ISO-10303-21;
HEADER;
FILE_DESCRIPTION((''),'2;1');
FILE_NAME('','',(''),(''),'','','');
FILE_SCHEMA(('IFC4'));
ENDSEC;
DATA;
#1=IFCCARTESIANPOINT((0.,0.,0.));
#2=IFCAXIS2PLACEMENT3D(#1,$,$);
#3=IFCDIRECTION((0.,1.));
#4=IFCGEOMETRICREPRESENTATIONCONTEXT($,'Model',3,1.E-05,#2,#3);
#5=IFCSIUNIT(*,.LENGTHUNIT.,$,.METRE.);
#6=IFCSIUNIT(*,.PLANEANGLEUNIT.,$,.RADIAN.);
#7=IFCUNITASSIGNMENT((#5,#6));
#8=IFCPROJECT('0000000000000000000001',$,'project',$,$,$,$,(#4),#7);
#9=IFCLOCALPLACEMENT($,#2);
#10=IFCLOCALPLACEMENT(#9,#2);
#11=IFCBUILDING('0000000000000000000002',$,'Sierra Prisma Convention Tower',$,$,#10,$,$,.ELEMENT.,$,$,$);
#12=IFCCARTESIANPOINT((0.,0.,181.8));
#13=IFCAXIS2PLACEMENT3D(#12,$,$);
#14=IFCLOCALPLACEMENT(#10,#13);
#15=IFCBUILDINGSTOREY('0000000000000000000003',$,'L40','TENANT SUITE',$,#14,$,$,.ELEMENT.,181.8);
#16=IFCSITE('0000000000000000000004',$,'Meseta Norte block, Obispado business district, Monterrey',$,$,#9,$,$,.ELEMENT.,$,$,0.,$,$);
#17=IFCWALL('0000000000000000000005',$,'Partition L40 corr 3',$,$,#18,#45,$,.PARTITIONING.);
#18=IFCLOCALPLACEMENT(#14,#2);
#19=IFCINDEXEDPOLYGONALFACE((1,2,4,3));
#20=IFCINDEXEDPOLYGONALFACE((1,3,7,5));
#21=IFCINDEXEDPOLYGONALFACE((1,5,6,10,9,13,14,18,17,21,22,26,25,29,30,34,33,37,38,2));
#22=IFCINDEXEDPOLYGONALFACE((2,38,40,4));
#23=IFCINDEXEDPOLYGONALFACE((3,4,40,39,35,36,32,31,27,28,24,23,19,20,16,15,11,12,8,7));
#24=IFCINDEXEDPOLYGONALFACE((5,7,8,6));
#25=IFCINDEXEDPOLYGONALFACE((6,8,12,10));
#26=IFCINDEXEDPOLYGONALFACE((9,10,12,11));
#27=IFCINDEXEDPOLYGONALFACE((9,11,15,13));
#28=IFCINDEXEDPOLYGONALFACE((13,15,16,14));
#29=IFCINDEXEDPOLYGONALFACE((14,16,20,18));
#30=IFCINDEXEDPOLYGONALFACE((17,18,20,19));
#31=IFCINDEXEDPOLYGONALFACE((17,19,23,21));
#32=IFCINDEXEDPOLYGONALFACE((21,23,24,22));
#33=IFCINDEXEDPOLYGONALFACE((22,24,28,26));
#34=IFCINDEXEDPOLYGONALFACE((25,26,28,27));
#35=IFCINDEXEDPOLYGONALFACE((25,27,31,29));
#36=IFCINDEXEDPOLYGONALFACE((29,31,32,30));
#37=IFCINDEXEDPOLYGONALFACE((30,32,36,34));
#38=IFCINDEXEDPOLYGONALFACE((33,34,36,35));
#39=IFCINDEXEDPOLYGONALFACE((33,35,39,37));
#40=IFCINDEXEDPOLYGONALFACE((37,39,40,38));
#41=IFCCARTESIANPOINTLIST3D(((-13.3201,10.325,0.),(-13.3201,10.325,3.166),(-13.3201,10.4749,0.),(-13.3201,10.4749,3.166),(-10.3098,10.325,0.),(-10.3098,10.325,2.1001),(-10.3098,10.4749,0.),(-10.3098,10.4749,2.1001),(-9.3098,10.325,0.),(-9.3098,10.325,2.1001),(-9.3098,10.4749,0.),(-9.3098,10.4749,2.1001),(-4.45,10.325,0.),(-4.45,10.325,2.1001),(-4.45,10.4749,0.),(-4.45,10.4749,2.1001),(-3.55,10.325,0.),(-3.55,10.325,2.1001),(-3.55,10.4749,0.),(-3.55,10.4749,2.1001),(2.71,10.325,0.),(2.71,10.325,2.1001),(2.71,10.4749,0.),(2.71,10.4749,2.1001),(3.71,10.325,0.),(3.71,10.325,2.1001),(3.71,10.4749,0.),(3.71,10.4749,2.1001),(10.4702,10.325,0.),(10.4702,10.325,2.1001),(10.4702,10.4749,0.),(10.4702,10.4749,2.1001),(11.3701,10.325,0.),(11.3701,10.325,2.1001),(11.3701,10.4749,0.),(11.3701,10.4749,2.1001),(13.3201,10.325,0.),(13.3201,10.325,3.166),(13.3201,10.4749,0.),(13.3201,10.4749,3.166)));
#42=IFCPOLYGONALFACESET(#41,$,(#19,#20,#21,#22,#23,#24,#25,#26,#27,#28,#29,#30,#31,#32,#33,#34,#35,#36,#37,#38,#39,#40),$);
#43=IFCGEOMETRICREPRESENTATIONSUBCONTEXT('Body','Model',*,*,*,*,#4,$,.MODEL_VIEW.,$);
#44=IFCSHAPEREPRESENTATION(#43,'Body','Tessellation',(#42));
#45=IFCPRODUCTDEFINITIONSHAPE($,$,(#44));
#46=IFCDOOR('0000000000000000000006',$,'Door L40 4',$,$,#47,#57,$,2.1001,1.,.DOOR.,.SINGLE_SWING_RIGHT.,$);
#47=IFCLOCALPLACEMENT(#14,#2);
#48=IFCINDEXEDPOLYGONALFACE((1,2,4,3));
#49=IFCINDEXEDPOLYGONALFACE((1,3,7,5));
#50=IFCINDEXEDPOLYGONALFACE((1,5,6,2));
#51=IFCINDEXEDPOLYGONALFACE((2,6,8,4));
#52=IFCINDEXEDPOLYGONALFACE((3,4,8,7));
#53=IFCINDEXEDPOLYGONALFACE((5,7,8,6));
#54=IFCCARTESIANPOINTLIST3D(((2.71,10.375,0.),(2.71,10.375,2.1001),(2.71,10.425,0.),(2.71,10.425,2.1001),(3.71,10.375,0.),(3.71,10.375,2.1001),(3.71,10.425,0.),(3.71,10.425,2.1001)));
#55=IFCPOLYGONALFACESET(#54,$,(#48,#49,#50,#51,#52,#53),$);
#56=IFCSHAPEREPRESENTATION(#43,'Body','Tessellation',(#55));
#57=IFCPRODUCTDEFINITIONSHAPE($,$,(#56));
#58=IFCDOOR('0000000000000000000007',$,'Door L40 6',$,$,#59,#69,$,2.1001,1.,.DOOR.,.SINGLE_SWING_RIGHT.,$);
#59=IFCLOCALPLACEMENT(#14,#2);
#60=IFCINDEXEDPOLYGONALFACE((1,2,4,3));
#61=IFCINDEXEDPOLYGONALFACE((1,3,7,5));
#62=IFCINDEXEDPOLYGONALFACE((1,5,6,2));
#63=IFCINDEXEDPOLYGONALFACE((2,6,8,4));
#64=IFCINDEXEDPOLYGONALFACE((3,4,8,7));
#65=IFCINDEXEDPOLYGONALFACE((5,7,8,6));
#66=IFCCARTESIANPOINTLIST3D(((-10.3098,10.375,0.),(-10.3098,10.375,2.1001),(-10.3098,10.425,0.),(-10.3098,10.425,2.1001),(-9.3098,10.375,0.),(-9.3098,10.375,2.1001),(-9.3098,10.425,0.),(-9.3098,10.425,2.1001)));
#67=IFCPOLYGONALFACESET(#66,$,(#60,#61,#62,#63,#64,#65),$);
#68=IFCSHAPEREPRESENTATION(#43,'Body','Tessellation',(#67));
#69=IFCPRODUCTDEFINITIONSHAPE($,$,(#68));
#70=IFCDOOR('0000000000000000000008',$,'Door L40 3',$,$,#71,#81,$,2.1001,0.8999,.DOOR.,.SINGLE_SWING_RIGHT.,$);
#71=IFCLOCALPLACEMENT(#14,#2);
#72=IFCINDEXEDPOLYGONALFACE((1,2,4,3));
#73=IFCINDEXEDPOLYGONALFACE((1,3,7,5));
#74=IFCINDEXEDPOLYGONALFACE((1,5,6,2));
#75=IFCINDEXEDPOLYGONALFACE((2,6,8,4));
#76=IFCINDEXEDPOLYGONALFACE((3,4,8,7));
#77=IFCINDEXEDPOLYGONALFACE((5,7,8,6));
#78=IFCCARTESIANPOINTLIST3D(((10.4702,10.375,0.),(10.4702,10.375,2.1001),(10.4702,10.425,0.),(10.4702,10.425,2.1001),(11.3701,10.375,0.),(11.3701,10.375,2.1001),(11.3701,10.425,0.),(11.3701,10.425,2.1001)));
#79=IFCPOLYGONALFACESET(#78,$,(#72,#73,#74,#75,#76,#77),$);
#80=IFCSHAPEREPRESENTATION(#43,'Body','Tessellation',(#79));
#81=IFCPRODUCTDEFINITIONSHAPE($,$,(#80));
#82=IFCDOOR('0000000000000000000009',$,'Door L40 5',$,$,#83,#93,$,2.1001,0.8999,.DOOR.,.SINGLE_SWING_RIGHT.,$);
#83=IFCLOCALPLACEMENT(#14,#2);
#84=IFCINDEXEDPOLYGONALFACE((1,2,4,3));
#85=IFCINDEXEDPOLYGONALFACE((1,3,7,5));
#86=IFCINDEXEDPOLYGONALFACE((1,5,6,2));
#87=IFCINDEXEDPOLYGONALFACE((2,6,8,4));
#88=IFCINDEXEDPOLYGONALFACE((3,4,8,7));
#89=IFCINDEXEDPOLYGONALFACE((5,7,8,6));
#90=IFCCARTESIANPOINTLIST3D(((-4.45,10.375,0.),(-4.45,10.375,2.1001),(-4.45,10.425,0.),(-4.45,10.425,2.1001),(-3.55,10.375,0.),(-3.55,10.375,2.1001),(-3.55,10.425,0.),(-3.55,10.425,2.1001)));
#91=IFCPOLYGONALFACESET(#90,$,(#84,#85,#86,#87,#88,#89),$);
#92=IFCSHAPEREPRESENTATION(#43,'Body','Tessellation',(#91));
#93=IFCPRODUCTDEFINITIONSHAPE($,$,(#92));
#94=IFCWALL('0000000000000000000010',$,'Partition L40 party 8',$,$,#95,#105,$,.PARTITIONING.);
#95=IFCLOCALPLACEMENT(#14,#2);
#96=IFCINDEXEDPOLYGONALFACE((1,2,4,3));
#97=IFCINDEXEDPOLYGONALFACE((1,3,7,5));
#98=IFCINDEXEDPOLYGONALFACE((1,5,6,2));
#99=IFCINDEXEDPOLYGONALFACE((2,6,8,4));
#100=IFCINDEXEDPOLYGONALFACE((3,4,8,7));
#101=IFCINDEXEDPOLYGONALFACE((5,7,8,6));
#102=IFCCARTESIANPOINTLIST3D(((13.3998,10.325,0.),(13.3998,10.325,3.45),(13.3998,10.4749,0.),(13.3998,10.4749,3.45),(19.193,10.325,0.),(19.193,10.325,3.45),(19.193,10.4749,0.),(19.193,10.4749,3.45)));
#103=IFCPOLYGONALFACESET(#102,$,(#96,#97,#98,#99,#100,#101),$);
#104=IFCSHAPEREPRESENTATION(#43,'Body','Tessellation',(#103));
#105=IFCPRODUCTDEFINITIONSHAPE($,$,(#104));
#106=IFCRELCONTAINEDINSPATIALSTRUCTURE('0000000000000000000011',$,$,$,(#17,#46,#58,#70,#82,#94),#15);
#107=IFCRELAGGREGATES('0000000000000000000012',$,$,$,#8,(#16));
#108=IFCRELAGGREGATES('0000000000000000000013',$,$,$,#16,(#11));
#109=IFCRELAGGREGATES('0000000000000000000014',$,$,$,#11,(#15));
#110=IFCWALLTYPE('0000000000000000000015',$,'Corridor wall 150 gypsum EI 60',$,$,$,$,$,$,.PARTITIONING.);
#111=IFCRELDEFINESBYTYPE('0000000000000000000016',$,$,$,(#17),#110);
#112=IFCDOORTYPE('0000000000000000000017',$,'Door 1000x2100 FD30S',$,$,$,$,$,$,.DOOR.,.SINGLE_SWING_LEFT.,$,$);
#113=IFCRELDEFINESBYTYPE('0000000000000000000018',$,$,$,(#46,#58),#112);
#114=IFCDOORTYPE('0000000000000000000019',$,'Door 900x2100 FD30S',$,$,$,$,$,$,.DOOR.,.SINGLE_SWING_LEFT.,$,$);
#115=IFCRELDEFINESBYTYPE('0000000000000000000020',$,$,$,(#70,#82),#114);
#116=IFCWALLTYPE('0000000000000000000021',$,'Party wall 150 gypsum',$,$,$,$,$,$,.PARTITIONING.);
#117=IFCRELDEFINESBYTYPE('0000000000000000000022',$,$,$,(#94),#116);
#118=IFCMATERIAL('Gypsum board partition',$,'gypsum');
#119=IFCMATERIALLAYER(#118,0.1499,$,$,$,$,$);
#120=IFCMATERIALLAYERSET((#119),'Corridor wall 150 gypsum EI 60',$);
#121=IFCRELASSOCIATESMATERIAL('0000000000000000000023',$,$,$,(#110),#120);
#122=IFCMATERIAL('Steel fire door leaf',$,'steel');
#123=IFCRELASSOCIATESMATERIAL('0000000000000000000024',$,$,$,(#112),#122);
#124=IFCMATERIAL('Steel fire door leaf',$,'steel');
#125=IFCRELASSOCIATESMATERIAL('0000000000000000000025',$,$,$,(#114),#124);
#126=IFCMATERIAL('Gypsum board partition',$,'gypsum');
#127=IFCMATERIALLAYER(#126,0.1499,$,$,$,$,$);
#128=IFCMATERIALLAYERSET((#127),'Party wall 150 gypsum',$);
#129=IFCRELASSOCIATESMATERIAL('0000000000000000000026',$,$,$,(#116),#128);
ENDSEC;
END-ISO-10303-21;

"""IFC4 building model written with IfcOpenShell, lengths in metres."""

from ifc_helpers import new_model, si_unit, direction, frame, frame_2d, origin, place, context, subcontext, project, spatial, rectangle, extrude, material, layer, layer_set, type_object, element, fill, save


model = new_model("IFC4")

# Units and contexts
model_context = context("Model", 3, precision=1e-05, world=origin(), true_north=direction((0.0, 1.0)))
body_context = subcontext(model_context, "Body", "Model", "MODEL_VIEW")
ifc_project = project(units=[si_unit("LENGTHUNIT", "METRE"), si_unit("PLANEANGLEUNIT", "RADIAN")], contexts=[model_context])

# Site, building, storey
site_placement = place(None, origin())
site = spatial("IfcSite", under=ifc_project, at=site_placement, Name="Meseta Norte block, Obispado business district, Monterrey", CompositionType="ELEMENT", RefElevation=0.0)
building_placement = place(site_placement, origin())
building = spatial("IfcBuilding", under=site, at=building_placement, Name="Sierra Prisma Convention Tower", CompositionType="ELEMENT")
storey_placement = place(building_placement, frame((0.0, 0.0, 181.8)))
storey = spatial("IfcBuildingStorey", under=building, at=storey_placement, Name="L40", Description="TENANT SUITE", CompositionType="ELEMENT", Elevation=181.8)

# Wall, openings, doors
ifc_material_1 = material(Name="Gypsum board partition", Category="gypsum")
ifc_layer_1 = layer(ifc_material_1, 0.1499)
ifc_layer_set_1 = layer_set([ifc_layer_1], Name="Corridor wall 150 gypsum EI 60")
wall_type_1 = type_object("IfcWallType", Name="Corridor wall 150 gypsum EI 60", PredefinedType="PARTITIONING", material=ifc_layer_set_1)
wall_1_placement = place(storey_placement, frame((13.3201, 10.3999, 0.0), z_axis=(0.0, 0.0, 1.0), x_axis=(-1.0, 0.0, 0.0)))
wall_1 = element("IfcWall", 1, at=wall_1_placement, inside=storey, type_object=wall_type_1, Name="Partition L40 corr 3", PredefinedType="PARTITIONING", context=body_context, shape_type="SweptSolid", body=[
    extrude(rectangle(XDim=26.6401, YDim=0.1499, at=frame_2d((13.3201, 0.0))), origin(), (0.0, 0.0, 1.0), 3.166),
])
opening_1_placement = place(wall_1_placement, frame((1.95, 0.0, 0.0)))
opening_1 = element("IfcOpeningElement", 2, at=opening_1_placement, cuts=wall_1, PredefinedType="OPENING", context=body_context, shape_type="SweptSolid", body=[
    extrude(rectangle(XDim=0.8999, YDim=2.1001, at=frame_2d((0.45, 1.05))), frame((0.0, 0.075, 0.0), z_axis=(0.0, -1.0, 0.0), x_axis=(1.0, 0.0, 0.0)), (0.0, 0.0, 1.0), 0.1499),
])
opening_2_placement = place(wall_1_placement, frame((9.6101, 0.0, 0.0)))
opening_2 = element("IfcOpeningElement", 3, at=opening_2_placement, cuts=wall_1, PredefinedType="OPENING", context=body_context, shape_type="SweptSolid", body=[
    extrude(rectangle(XDim=1.0, YDim=2.1001, at=frame_2d((0.5, 1.05))), frame((0.0, 0.075, 0.0), z_axis=(0.0, -1.0, 0.0), x_axis=(1.0, 0.0, 0.0)), (0.0, 0.0, 1.0), 0.1499),
])
opening_3_placement = place(wall_1_placement, frame((16.8701, 0.0, 0.0)))
opening_3 = element("IfcOpeningElement", 4, at=opening_3_placement, cuts=wall_1, PredefinedType="OPENING", context=body_context, shape_type="SweptSolid", body=[
    extrude(rectangle(XDim=0.8999, YDim=2.1001, at=frame_2d((0.45, 1.05))), frame((0.0, 0.075, 0.0), z_axis=(0.0, -1.0, 0.0), x_axis=(1.0, 0.0, 0.0)), (0.0, 0.0, 1.0), 0.1499),
])
opening_4_placement = place(wall_1_placement, frame((22.6299, 0.0, 0.0)))
opening_4 = element("IfcOpeningElement", 5, at=opening_4_placement, cuts=wall_1, PredefinedType="OPENING", context=body_context, shape_type="SweptSolid", body=[
    extrude(rectangle(XDim=1.0, YDim=2.1001, at=frame_2d((0.5, 1.05))), frame((0.0, 0.075, 0.0), z_axis=(0.0, -1.0, 0.0), x_axis=(1.0, 0.0, 0.0)), (0.0, 0.0, 1.0), 0.1499),
])
ifc_material_2 = material(Name="Steel fire door leaf", Category="steel")
door_type_1 = type_object("IfcDoorType", Name="Door 1000x2100 FD30S", OperationType="SINGLE_SWING_LEFT", PredefinedType="DOOR", material=ifc_material_2)
door_1_placement = place(opening_2_placement, origin())
door_1 = element("IfcDoor", 6, at=door_1_placement, inside=storey, type_object=door_type_1, Name="Door L40 4", OperationType="SINGLE_SWING_RIGHT", OverallHeight=2.1001, OverallWidth=1.0, PredefinedType="DOOR", context=body_context, shape_type="SweptSolid", body=[
    extrude(rectangle(XDim=1.0, YDim=2.1001, at=frame_2d((0.5, 1.05))), frame((0.0, 0.0249, 0.0), z_axis=(0.0, -1.0, 0.0), x_axis=(1.0, 0.0, 0.0)), (0.0, 0.0, 1.0), 0.05),
])
fill(opening_2, door_1)
door_2_placement = place(opening_4_placement, origin())
door_2 = element("IfcDoor", 7, at=door_2_placement, inside=storey, type_object=door_type_1, Name="Door L40 6", OperationType="SINGLE_SWING_RIGHT", OverallHeight=2.1001, OverallWidth=1.0, PredefinedType="DOOR", context=body_context, shape_type="SweptSolid", body=[
    extrude(rectangle(XDim=1.0, YDim=2.1001, at=frame_2d((0.5, 1.05))), frame((0.0, 0.0249, 0.0), z_axis=(0.0, -1.0, 0.0), x_axis=(1.0, 0.0, 0.0)), (0.0, 0.0, 1.0), 0.05),
])
fill(opening_4, door_2)
ifc_material_3 = material(Name="Steel fire door leaf", Category="steel")
door_type_2 = type_object("IfcDoorType", Name="Door 900x2100 FD30S", OperationType="SINGLE_SWING_LEFT", PredefinedType="DOOR", material=ifc_material_3)
door_3_placement = place(opening_1_placement, origin())
door_3 = element("IfcDoor", 8, at=door_3_placement, inside=storey, type_object=door_type_2, Name="Door L40 3", OperationType="SINGLE_SWING_RIGHT", OverallHeight=2.1001, OverallWidth=0.8999, PredefinedType="DOOR", context=body_context, shape_type="SweptSolid", body=[
    extrude(rectangle(XDim=0.8999, YDim=2.1001, at=frame_2d((0.45, 1.05))), frame((0.0, 0.0249, 0.0), z_axis=(0.0, -1.0, 0.0), x_axis=(1.0, 0.0, 0.0)), (0.0, 0.0, 1.0), 0.05),
])
fill(opening_1, door_3)
door_4_placement = place(opening_3_placement, origin())
door_4 = element("IfcDoor", 9, at=door_4_placement, inside=storey, type_object=door_type_2, Name="Door L40 5", OperationType="SINGLE_SWING_RIGHT", OverallHeight=2.1001, OverallWidth=0.8999, PredefinedType="DOOR", context=body_context, shape_type="SweptSolid", body=[
    extrude(rectangle(XDim=0.8999, YDim=2.1001, at=frame_2d((0.45, 1.05))), frame((0.0, 0.0249, 0.0), z_axis=(0.0, -1.0, 0.0), x_axis=(1.0, 0.0, 0.0)), (0.0, 0.0, 1.0), 0.05),
])
fill(opening_3, door_4)

# Wall
ifc_material_4 = material(Name="Gypsum board partition", Category="gypsum")
ifc_layer_2 = layer(ifc_material_4, 0.1499)
ifc_layer_set_2 = layer_set([ifc_layer_2], Name="Party wall 150 gypsum")
wall_type_2 = type_object("IfcWallType", Name="Party wall 150 gypsum", PredefinedType="PARTITIONING", material=ifc_layer_set_2)
wall_2_placement = place(storey_placement, frame((13.3999, 10.3999, 0.0), z_axis=(0.0, 0.0, 1.0), x_axis=(1.0, 0.0, 0.0)))
element("IfcWall", 10, at=wall_2_placement, inside=storey, type_object=wall_type_2, Name="Partition L40 party 8", PredefinedType="PARTITIONING", context=body_context, shape_type="SweptSolid", body=[
    extrude(rectangle(XDim=5.7932, YDim=0.1499, at=frame_2d((2.8965, 0.0))), origin(), (0.0, 0.0, 1.0), 3.45),
])

save(model, "model.ifc")
